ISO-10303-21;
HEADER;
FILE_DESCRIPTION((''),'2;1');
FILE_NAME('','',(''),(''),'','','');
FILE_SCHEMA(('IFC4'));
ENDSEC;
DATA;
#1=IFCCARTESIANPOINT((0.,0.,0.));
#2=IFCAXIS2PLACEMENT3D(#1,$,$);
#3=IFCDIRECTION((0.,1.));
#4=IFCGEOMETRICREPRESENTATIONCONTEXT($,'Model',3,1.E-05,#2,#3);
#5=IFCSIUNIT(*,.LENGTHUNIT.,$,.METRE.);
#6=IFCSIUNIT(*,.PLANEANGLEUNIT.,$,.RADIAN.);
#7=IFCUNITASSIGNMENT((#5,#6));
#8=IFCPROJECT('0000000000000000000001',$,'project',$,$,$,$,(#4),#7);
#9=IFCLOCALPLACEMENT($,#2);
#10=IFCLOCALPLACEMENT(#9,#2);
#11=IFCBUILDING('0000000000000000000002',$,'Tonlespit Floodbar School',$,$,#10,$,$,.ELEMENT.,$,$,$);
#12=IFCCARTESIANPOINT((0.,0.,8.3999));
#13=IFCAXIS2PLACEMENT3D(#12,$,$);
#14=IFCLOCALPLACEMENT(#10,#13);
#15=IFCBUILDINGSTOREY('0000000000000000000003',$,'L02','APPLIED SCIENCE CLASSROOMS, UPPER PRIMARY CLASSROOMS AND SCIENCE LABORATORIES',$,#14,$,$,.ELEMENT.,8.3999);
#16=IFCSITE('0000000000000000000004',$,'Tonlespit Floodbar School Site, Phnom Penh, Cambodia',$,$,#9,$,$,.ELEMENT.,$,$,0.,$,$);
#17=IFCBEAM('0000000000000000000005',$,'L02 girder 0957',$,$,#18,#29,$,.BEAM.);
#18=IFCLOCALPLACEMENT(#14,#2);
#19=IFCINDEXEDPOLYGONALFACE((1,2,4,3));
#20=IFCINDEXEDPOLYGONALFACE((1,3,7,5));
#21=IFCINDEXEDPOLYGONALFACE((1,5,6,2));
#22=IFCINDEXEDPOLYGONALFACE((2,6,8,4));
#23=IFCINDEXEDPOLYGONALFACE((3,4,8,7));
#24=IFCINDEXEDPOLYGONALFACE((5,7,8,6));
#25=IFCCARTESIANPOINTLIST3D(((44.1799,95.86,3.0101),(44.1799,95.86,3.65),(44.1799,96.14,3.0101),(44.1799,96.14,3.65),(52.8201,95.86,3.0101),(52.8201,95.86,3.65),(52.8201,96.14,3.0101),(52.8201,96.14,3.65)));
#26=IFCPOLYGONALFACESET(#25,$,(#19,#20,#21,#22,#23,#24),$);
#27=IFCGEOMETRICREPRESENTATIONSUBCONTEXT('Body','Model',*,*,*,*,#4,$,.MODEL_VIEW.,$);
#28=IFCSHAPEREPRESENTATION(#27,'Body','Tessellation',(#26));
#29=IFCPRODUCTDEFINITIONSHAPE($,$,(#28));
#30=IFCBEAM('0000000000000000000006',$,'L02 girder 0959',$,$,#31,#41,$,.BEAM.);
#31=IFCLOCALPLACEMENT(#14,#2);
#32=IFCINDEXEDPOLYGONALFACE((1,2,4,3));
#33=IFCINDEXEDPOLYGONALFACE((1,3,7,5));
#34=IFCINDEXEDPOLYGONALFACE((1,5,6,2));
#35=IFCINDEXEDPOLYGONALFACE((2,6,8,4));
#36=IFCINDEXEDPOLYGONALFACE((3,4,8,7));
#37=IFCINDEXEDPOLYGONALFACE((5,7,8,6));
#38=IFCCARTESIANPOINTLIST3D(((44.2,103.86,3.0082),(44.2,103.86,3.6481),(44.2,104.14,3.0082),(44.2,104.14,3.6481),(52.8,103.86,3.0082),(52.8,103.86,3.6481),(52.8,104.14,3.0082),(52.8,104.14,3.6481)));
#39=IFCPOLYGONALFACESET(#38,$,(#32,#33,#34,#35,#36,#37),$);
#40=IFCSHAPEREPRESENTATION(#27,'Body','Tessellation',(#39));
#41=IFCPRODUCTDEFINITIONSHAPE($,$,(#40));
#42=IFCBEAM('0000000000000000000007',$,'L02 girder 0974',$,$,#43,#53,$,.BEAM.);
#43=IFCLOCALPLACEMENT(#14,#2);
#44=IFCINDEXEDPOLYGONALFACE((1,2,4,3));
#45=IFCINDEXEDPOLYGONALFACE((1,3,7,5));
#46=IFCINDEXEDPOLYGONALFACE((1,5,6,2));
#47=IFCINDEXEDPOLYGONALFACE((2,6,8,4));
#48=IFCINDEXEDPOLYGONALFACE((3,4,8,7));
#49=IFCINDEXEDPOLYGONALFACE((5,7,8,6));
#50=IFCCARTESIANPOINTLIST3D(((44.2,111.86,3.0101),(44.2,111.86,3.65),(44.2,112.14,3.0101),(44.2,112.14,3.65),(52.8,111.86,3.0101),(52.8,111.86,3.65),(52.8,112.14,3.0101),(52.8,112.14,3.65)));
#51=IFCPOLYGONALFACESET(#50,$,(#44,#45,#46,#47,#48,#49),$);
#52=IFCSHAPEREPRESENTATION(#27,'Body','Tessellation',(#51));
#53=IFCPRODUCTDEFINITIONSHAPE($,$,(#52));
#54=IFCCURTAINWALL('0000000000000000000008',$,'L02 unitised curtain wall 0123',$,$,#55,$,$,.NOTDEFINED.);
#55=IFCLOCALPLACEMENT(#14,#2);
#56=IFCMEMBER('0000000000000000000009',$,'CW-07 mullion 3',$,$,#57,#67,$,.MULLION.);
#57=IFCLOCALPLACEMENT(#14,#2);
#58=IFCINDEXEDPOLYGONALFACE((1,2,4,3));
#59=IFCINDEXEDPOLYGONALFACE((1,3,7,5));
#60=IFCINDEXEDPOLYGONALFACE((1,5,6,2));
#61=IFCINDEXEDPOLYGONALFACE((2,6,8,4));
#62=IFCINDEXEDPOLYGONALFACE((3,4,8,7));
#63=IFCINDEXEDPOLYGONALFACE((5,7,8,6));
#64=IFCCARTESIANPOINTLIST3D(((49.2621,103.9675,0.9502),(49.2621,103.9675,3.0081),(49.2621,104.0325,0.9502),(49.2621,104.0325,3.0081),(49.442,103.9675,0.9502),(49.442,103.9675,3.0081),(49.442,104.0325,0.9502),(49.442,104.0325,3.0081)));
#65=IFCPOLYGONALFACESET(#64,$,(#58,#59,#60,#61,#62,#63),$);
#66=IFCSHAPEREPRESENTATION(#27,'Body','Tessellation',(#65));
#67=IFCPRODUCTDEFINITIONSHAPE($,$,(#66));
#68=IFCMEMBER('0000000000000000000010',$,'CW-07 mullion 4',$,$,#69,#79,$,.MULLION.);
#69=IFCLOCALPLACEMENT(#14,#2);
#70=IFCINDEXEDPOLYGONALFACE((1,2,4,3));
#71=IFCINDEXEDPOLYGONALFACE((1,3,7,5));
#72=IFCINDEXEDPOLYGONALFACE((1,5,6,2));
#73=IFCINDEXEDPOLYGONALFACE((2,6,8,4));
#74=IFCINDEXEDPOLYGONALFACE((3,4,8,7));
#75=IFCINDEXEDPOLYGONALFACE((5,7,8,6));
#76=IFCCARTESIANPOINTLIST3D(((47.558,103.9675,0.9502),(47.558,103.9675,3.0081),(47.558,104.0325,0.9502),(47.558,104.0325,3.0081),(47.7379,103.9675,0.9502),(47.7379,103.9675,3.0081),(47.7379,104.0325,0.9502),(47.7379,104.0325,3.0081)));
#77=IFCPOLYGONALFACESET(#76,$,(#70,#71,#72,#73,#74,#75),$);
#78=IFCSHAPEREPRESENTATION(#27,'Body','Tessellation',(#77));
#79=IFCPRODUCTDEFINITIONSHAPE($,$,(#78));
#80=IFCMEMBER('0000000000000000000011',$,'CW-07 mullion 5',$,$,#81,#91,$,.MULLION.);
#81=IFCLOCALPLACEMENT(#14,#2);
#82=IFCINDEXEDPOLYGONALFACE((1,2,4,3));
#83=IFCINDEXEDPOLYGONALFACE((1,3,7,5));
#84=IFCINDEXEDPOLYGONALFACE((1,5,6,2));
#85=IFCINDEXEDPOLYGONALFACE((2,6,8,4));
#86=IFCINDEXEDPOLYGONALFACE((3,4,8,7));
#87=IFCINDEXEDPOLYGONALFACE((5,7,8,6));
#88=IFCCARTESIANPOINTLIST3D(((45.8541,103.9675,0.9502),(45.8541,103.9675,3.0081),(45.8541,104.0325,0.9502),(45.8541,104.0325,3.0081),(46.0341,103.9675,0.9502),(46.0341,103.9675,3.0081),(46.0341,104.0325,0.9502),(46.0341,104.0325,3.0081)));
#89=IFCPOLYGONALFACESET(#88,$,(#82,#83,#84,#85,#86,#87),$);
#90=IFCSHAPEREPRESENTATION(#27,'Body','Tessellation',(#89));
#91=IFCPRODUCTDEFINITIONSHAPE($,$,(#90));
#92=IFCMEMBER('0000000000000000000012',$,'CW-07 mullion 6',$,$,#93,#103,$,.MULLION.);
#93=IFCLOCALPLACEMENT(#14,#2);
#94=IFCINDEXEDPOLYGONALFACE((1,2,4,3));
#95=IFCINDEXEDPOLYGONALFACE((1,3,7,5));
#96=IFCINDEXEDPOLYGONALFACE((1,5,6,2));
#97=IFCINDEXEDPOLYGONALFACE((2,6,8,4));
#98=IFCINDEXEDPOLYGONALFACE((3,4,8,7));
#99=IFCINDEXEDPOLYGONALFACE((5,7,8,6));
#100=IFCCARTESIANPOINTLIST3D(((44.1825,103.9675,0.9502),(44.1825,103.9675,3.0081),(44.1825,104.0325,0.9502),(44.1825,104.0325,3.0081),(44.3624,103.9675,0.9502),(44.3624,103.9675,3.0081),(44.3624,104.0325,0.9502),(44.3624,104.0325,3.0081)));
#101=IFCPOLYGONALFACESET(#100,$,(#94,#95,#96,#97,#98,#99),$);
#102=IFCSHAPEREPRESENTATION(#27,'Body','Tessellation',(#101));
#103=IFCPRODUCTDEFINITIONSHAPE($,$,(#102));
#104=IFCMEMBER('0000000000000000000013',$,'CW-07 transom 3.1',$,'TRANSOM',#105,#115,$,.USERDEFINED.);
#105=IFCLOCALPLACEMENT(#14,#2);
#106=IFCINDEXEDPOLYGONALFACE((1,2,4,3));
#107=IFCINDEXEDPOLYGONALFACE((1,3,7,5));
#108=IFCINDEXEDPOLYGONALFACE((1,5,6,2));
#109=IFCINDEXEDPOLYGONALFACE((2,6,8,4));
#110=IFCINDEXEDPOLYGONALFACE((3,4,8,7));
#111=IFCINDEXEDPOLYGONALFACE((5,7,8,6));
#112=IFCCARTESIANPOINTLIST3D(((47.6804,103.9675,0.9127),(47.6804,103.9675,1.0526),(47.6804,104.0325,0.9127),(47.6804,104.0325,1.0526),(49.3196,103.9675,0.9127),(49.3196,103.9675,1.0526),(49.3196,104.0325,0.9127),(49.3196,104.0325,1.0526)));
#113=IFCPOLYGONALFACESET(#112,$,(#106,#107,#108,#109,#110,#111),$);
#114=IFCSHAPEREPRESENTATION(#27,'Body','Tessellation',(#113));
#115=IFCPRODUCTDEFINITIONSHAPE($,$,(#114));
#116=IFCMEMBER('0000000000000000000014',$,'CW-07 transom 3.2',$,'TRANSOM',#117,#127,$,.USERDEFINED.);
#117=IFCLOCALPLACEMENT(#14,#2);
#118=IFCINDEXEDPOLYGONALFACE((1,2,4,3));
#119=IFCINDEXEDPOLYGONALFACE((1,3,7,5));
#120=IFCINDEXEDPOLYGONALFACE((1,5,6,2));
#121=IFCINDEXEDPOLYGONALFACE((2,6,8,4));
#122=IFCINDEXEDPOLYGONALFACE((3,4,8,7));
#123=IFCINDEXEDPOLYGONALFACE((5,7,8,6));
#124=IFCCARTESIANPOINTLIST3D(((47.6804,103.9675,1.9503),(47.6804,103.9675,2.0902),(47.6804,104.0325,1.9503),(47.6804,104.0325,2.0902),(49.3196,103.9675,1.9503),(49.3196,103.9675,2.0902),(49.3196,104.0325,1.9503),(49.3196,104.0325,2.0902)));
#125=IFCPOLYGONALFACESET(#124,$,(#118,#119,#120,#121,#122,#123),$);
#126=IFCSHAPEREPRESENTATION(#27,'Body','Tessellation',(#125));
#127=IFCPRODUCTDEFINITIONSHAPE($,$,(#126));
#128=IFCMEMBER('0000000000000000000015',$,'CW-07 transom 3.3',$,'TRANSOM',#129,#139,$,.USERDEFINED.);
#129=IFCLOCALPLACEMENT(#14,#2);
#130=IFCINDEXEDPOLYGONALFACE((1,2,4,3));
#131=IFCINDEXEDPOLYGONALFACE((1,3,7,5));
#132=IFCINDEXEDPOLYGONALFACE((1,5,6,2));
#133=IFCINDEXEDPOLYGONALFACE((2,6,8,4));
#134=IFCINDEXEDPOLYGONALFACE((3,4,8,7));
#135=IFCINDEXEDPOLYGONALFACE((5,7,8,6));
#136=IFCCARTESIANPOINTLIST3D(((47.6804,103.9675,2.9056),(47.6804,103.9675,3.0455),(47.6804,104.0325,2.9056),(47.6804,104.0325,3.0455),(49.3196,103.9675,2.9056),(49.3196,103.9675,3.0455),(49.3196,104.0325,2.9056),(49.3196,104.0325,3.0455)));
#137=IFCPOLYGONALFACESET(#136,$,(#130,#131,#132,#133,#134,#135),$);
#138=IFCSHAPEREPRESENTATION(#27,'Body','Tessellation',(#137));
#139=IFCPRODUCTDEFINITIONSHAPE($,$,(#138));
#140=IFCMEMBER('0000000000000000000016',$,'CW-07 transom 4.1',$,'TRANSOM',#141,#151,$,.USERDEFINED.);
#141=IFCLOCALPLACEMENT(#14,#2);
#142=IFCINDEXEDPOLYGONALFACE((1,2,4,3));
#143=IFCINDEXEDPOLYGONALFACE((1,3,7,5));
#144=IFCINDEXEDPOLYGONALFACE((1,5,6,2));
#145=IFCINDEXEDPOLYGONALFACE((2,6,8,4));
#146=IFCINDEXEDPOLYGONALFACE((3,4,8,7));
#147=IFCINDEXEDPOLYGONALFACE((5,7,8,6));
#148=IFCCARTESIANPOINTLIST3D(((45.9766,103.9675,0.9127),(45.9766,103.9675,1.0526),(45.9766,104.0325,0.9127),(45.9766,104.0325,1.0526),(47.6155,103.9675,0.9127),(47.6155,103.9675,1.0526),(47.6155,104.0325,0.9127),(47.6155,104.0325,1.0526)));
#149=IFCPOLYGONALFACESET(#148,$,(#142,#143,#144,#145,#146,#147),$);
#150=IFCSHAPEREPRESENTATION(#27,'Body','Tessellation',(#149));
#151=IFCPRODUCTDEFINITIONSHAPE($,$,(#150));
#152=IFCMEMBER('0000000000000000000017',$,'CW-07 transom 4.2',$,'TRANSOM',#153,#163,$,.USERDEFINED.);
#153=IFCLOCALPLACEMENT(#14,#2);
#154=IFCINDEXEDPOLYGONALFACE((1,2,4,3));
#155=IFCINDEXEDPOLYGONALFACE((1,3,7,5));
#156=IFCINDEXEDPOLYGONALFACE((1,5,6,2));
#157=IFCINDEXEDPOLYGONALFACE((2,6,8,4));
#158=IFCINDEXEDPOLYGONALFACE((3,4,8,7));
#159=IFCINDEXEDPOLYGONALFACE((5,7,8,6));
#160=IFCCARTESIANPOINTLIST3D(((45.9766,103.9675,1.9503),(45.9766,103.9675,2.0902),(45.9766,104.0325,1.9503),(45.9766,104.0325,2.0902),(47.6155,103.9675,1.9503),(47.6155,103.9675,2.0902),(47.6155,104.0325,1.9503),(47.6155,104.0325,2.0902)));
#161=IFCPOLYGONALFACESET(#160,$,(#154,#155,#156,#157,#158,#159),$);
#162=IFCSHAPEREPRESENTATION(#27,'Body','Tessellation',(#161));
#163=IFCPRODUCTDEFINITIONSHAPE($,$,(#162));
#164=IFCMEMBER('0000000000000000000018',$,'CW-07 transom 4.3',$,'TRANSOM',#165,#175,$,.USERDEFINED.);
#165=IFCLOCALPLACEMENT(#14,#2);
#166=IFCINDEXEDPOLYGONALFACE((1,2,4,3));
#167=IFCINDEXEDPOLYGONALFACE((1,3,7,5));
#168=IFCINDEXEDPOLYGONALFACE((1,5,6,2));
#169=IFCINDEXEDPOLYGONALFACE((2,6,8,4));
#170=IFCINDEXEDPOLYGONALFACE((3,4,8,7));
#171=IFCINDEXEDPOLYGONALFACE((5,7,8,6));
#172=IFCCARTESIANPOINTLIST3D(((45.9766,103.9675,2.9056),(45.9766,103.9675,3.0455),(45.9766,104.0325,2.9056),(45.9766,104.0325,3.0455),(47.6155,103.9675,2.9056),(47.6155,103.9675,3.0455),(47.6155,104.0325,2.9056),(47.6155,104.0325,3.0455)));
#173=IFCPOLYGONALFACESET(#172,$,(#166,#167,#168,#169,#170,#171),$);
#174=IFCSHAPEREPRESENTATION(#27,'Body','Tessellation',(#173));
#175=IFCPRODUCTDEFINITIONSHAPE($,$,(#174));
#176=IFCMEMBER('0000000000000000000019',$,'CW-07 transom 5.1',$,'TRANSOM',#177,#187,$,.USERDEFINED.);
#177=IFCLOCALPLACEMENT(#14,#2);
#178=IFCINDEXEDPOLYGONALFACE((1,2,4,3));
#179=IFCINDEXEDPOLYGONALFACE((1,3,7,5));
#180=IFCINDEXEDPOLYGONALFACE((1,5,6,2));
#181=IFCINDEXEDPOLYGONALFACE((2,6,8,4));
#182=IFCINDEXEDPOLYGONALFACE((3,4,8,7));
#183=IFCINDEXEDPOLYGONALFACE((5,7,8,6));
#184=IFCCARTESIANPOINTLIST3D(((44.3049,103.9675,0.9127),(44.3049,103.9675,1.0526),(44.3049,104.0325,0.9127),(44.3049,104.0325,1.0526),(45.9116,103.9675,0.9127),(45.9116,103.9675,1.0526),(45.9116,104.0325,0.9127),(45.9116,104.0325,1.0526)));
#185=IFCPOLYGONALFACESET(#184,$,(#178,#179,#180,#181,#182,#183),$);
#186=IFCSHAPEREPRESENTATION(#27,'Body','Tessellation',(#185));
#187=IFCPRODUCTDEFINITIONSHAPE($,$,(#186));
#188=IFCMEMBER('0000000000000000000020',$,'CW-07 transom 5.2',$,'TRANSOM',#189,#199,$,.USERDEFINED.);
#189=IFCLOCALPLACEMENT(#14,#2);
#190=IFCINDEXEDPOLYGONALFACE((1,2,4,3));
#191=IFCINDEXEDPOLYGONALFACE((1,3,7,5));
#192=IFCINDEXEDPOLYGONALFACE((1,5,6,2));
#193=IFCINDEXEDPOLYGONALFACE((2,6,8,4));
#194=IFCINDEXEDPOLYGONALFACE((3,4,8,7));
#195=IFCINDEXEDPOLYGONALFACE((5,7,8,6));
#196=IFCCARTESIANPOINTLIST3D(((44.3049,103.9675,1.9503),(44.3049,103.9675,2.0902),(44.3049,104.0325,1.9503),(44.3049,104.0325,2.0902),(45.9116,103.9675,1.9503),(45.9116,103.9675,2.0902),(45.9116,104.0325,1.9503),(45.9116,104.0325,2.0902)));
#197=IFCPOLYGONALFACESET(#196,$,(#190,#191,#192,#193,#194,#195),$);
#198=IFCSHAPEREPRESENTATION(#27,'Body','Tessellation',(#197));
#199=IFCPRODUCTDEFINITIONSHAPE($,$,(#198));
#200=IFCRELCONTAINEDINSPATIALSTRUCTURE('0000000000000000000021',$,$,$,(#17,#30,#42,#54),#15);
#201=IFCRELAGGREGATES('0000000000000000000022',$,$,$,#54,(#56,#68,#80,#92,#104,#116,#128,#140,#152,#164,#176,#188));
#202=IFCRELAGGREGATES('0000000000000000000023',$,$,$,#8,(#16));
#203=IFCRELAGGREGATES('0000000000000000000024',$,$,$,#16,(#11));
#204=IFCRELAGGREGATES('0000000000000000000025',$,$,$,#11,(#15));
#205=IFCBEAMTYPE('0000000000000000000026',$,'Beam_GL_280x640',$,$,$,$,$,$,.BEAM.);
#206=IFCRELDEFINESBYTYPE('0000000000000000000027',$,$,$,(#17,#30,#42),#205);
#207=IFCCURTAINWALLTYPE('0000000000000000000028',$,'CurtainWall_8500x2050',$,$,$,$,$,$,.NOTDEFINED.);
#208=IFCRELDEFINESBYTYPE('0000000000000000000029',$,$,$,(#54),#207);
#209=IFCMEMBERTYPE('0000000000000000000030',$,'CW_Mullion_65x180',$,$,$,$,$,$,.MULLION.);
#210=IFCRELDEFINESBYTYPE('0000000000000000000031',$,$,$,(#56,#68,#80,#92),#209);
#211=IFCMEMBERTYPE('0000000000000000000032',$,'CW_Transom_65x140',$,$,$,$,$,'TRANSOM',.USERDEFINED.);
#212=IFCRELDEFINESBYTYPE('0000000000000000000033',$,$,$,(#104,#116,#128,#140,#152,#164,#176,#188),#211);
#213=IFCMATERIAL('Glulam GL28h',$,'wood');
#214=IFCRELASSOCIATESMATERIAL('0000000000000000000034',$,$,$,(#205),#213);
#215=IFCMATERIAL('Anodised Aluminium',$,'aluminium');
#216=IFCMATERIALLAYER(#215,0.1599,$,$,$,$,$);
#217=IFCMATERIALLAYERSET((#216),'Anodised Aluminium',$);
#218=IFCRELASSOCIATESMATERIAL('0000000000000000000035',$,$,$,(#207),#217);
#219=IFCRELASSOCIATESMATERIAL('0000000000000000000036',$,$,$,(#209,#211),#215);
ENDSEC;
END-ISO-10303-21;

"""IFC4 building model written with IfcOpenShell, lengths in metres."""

from ifc_helpers import new_model, si_unit, direction, frame, origin, origin_2d, place, context, subcontext, project, spatial, rectangle, extrude, material, layer, layer_set, material_profile, profile_set, type_object, element, aggregate, save


model = new_model("IFC4")

# Units and contexts
model_context = context("Model", 3, precision=1e-05, world=origin(), true_north=direction((0.0, 1.0)))
body_context = subcontext(model_context, "Body", "Model", "MODEL_VIEW")
ifc_project = project(units=[si_unit("LENGTHUNIT", "METRE"), si_unit("PLANEANGLEUNIT", "RADIAN")], contexts=[model_context])

# Site, building, storey
site_placement = place(None, origin())
site = spatial("IfcSite", under=ifc_project, at=site_placement, Name="Tonlespit Floodbar School Site, Phnom Penh, Cambodia", CompositionType="ELEMENT", RefElevation=0.0)
building_placement = place(site_placement, origin())
building = spatial("IfcBuilding", under=site, at=building_placement, Name="Tonlespit Floodbar School", CompositionType="ELEMENT")
storey_placement = place(building_placement, frame((0.0, 0.0, 8.3999)))
storey = spatial("IfcBuildingStorey", under=building, at=storey_placement, Name="L02", Description="APPLIED SCIENCE CLASSROOMS, UPPER PRIMARY CLASSROOMS AND SCIENCE LABORATORIES", CompositionType="ELEMENT", Elevation=8.3999)

# Beams
ifc_material_1 = material(Name="Glulam GL28h", Category="wood")
ifc_material_profile_1 = material_profile(ifc_material_1, rectangle(XDim=0.28, YDim=0.6399, at=origin_2d()), Name="GL 280x640")
ifc_profile_set_1 = profile_set([ifc_material_profile_1], Name="Glulam GL28h")
beam_type_1 = type_object("IfcBeamType", Name="Beam_GL_280x640", PredefinedType="BEAM", material=ifc_profile_set_1)
beam_placement = place(storey_placement, frame((44.1799, 96.0, 3.3301), z_axis=(1.0, 0.0, 0.0), x_axis=(0.0, 1.0, 0.0)))
element("IfcBeam", 1, at=beam_placement, inside=storey, type_object=beam_type_1, Name="L02 girder 0957", PredefinedType="BEAM", context=body_context, shape_type="SweptSolid", body=[
    extrude(rectangle(XDim=0.28, YDim=0.6399, at=origin_2d()), origin(), (0.0, 0.0, 1.0), 8.6401),
])
for number, where, z_axis, x_axis, name in (
    (2, (44.2, 104.0, 3.3281), (1.0, 0.0, 0.0), (0.0, 1.0, 0.0), "L02 girder 0959"),
    (3, (44.2, 112.0, 3.3301), (1.0, 0.0, 0.0), (0.0, 1.0, 0.0), "L02 girder 0974"),
):
    element("IfcBeam", number, at=place(storey_placement, frame(where, z_axis=z_axis, x_axis=x_axis)), inside=storey, type_object=beam_type_1, Name=name, PredefinedType="BEAM", context=body_context, shape_type="SweptSolid", body=[
        extrude(rectangle(XDim=0.28, YDim=0.6399, at=origin_2d()), origin(), (0.0, 0.0, 1.0), 8.6001),
    ])

# Curtain wall, members
ifc_material_2 = material(Name="Anodised Aluminium", Category="aluminium")
ifc_layer_1 = layer(ifc_material_2, 0.1599)
ifc_layer_set_1 = layer_set([ifc_layer_1], Name="Anodised Aluminium")
curtain_wall_type = type_object("IfcCurtainWallType", Name="CurtainWall_8500x2050", PredefinedType="NOTDEFINED", material=ifc_layer_set_1)
curtain_wall_placement = place(storey_placement, origin())
curtain_wall = element("IfcCurtainWall", 4, at=curtain_wall_placement, inside=storey, type_object=curtain_wall_type, Name="L02 unitised curtain wall 0123", PredefinedType="NOTDEFINED")
ifc_material_profile_2 = material_profile(ifc_material_2, rectangle(XDim=0.0649, YDim=0.1799, at=origin_2d()), Name="ALU M65x180")
ifc_profile_set_2 = profile_set([ifc_material_profile_2], Name="Anodised Aluminium")
member_type_1 = type_object("IfcMemberType", Name="CW_Mullion_65x180", PredefinedType="MULLION", material=ifc_profile_set_2)
member_1_placement = place(storey_placement, frame((49.3521, 104.0, 0.9502), z_axis=(0.0, 0.0, 1.0), x_axis=(0.0, -1.0, 0.0)))
member_1 = element("IfcMember", 5, at=member_1_placement, type_object=member_type_1, Name="CW-07 mullion 3", PredefinedType="MULLION", context=body_context, shape_type="SweptSolid", body=[
    extrude(rectangle(XDim=0.0649, YDim=0.1799, at=origin_2d()), origin(), (0.0, 0.0, 1.0), 2.0579),
])
member_2_placement = place(storey_placement, frame((47.6479, 104.0, 0.9502), z_axis=(0.0, 0.0, 1.0), x_axis=(0.0, -1.0, 0.0)))
member_2 = element("IfcMember", 6, at=member_2_placement, type_object=member_type_1, Name="CW-07 mullion 4", PredefinedType="MULLION", context=body_context, shape_type="SweptSolid", body=[
    extrude(rectangle(XDim=0.0649, YDim=0.1799, at=origin_2d()), origin(), (0.0, 0.0, 1.0), 2.0579),
])
member_3_placement = place(storey_placement, frame((45.9441, 104.0, 0.9502), z_axis=(0.0, 0.0, 1.0), x_axis=(0.0, -1.0, 0.0)))
member_3 = element("IfcMember", 7, at=member_3_placement, type_object=member_type_1, Name="CW-07 mullion 5", PredefinedType="MULLION", context=body_context, shape_type="SweptSolid", body=[
    extrude(rectangle(XDim=0.0649, YDim=0.1799, at=origin_2d()), origin(), (0.0, 0.0, 1.0), 2.0579),
])
member_4_placement = place(storey_placement, frame((44.2725, 104.0, 0.9502), z_axis=(0.0, 0.0, 1.0), x_axis=(0.0, -1.0, 0.0)))
member_4 = element("IfcMember", 8, at=member_4_placement, type_object=member_type_1, Name="CW-07 mullion 6", PredefinedType="MULLION", context=body_context, shape_type="SweptSolid", body=[
    extrude(rectangle(XDim=0.0649, YDim=0.1799, at=origin_2d()), origin(), (0.0, 0.0, 1.0), 2.0579),
])
ifc_material_profile_3 = material_profile(ifc_material_2, rectangle(XDim=0.0649, YDim=0.1399, at=origin_2d()), Name="ALU T65x140")
ifc_profile_set_3 = profile_set([ifc_material_profile_3], Name="Anodised Aluminium")
member_type_2 = type_object("IfcMemberType", Name="CW_Transom_65x140", ElementType="TRANSOM", PredefinedType="USERDEFINED", material=ifc_profile_set_3)
member_5_placement = place(storey_placement, frame((49.3196, 104.0, 0.9827), z_axis=(-1.0, 0.0, 0.0), x_axis=(0.0, -1.0, 0.0)))
member_5 = element("IfcMember", 9, at=member_5_placement, type_object=member_type_2, Name="CW-07 transom 3.1", ObjectType="TRANSOM", PredefinedType="USERDEFINED", context=body_context, shape_type="SweptSolid", body=[
    extrude(rectangle(XDim=0.0649, YDim=0.1399, at=origin_2d()), origin(), (0.0, 0.0, 1.0), 1.6392),
])
member_6_placement = place(storey_placement, frame((49.3196, 104.0, 2.0203), z_axis=(-1.0, 0.0, 0.0), x_axis=(0.0, -1.0, 0.0)))
member_6 = element("IfcMember", 10, at=member_6_placement, type_object=member_type_2, Name="CW-07 transom 3.2", ObjectType="TRANSOM", PredefinedType="USERDEFINED", context=body_context, shape_type="SweptSolid", body=[
    extrude(rectangle(XDim=0.0649, YDim=0.1399, at=origin_2d()), origin(), (0.0, 0.0, 1.0), 1.6392),
])
member_7_placement = place(storey_placement, frame((49.3196, 104.0, 2.9756), z_axis=(-1.0, 0.0, 0.0), x_axis=(0.0, -1.0, 0.0)))
member_7 = element("IfcMember", 11, at=member_7_placement, type_object=member_type_2, Name="CW-07 transom 3.3", ObjectType="TRANSOM", PredefinedType="USERDEFINED", context=body_context, shape_type="SweptSolid", body=[
    extrude(rectangle(XDim=0.0649, YDim=0.1399, at=origin_2d()), origin(), (0.0, 0.0, 1.0), 1.6392),
])
member_8_placement = place(storey_placement, frame((47.6155, 104.0, 0.9827), z_axis=(-1.0, 0.0, 0.0), x_axis=(0.0, -1.0, 0.0)))
member_8 = element("IfcMember", 12, at=member_8_placement, type_object=member_type_2, Name="CW-07 transom 4.1", ObjectType="TRANSOM", PredefinedType="USERDEFINED", context=body_context, shape_type="SweptSolid", body=[
    extrude(rectangle(XDim=0.0649, YDim=0.1399, at=origin_2d()), origin(), (0.0, 0.0, 1.0), 1.6389),
])
member_9_placement = place(storey_placement, frame((47.6155, 104.0, 2.0203), z_axis=(-1.0, 0.0, 0.0), x_axis=(0.0, -1.0, 0.0)))
member_9 = element("IfcMember", 13, at=member_9_placement, type_object=member_type_2, Name="CW-07 transom 4.2", ObjectType="TRANSOM", PredefinedType="USERDEFINED", context=body_context, shape_type="SweptSolid", body=[
    extrude(rectangle(XDim=0.0649, YDim=0.1399, at=origin_2d()), origin(), (0.0, 0.0, 1.0), 1.6389),
])
member_10_placement = place(storey_placement, frame((47.6155, 104.0, 2.9756), z_axis=(-1.0, 0.0, 0.0), x_axis=(0.0, -1.0, 0.0)))
member_10 = element("IfcMember", 14, at=member_10_placement, type_object=member_type_2, Name="CW-07 transom 4.3", ObjectType="TRANSOM", PredefinedType="USERDEFINED", context=body_context, shape_type="SweptSolid", body=[
    extrude(rectangle(XDim=0.0649, YDim=0.1399, at=origin_2d()), origin(), (0.0, 0.0, 1.0), 1.6389),
])
member_11_placement = place(storey_placement, frame((45.9116, 104.0, 0.9827), z_axis=(-1.0, 0.0, 0.0), x_axis=(0.0, -1.0, 0.0)))
member_11 = element("IfcMember", 15, at=member_11_placement, type_object=member_type_2, Name="CW-07 transom 5.1", ObjectType="TRANSOM", PredefinedType="USERDEFINED", context=body_context, shape_type="SweptSolid", body=[
    extrude(rectangle(XDim=0.0649, YDim=0.1399, at=origin_2d()), origin(), (0.0, 0.0, 1.0), 1.6067),
])
member_12_placement = place(storey_placement, frame((45.9116, 104.0, 2.0203), z_axis=(-1.0, 0.0, 0.0), x_axis=(0.0, -1.0, 0.0)))
member_12 = element("IfcMember", 16, at=member_12_placement, type_object=member_type_2, Name="CW-07 transom 5.2", ObjectType="TRANSOM", PredefinedType="USERDEFINED", context=body_context, shape_type="SweptSolid", body=[
    extrude(rectangle(XDim=0.0649, YDim=0.1399, at=origin_2d()), origin(), (0.0, 0.0, 1.0), 1.6067),
])

aggregate(curtain_wall, [member_1, member_2, member_3, member_4, member_5, member_6, member_7, member_8, member_9, member_10, member_11, member_12])

save(model, "model.ifc")
